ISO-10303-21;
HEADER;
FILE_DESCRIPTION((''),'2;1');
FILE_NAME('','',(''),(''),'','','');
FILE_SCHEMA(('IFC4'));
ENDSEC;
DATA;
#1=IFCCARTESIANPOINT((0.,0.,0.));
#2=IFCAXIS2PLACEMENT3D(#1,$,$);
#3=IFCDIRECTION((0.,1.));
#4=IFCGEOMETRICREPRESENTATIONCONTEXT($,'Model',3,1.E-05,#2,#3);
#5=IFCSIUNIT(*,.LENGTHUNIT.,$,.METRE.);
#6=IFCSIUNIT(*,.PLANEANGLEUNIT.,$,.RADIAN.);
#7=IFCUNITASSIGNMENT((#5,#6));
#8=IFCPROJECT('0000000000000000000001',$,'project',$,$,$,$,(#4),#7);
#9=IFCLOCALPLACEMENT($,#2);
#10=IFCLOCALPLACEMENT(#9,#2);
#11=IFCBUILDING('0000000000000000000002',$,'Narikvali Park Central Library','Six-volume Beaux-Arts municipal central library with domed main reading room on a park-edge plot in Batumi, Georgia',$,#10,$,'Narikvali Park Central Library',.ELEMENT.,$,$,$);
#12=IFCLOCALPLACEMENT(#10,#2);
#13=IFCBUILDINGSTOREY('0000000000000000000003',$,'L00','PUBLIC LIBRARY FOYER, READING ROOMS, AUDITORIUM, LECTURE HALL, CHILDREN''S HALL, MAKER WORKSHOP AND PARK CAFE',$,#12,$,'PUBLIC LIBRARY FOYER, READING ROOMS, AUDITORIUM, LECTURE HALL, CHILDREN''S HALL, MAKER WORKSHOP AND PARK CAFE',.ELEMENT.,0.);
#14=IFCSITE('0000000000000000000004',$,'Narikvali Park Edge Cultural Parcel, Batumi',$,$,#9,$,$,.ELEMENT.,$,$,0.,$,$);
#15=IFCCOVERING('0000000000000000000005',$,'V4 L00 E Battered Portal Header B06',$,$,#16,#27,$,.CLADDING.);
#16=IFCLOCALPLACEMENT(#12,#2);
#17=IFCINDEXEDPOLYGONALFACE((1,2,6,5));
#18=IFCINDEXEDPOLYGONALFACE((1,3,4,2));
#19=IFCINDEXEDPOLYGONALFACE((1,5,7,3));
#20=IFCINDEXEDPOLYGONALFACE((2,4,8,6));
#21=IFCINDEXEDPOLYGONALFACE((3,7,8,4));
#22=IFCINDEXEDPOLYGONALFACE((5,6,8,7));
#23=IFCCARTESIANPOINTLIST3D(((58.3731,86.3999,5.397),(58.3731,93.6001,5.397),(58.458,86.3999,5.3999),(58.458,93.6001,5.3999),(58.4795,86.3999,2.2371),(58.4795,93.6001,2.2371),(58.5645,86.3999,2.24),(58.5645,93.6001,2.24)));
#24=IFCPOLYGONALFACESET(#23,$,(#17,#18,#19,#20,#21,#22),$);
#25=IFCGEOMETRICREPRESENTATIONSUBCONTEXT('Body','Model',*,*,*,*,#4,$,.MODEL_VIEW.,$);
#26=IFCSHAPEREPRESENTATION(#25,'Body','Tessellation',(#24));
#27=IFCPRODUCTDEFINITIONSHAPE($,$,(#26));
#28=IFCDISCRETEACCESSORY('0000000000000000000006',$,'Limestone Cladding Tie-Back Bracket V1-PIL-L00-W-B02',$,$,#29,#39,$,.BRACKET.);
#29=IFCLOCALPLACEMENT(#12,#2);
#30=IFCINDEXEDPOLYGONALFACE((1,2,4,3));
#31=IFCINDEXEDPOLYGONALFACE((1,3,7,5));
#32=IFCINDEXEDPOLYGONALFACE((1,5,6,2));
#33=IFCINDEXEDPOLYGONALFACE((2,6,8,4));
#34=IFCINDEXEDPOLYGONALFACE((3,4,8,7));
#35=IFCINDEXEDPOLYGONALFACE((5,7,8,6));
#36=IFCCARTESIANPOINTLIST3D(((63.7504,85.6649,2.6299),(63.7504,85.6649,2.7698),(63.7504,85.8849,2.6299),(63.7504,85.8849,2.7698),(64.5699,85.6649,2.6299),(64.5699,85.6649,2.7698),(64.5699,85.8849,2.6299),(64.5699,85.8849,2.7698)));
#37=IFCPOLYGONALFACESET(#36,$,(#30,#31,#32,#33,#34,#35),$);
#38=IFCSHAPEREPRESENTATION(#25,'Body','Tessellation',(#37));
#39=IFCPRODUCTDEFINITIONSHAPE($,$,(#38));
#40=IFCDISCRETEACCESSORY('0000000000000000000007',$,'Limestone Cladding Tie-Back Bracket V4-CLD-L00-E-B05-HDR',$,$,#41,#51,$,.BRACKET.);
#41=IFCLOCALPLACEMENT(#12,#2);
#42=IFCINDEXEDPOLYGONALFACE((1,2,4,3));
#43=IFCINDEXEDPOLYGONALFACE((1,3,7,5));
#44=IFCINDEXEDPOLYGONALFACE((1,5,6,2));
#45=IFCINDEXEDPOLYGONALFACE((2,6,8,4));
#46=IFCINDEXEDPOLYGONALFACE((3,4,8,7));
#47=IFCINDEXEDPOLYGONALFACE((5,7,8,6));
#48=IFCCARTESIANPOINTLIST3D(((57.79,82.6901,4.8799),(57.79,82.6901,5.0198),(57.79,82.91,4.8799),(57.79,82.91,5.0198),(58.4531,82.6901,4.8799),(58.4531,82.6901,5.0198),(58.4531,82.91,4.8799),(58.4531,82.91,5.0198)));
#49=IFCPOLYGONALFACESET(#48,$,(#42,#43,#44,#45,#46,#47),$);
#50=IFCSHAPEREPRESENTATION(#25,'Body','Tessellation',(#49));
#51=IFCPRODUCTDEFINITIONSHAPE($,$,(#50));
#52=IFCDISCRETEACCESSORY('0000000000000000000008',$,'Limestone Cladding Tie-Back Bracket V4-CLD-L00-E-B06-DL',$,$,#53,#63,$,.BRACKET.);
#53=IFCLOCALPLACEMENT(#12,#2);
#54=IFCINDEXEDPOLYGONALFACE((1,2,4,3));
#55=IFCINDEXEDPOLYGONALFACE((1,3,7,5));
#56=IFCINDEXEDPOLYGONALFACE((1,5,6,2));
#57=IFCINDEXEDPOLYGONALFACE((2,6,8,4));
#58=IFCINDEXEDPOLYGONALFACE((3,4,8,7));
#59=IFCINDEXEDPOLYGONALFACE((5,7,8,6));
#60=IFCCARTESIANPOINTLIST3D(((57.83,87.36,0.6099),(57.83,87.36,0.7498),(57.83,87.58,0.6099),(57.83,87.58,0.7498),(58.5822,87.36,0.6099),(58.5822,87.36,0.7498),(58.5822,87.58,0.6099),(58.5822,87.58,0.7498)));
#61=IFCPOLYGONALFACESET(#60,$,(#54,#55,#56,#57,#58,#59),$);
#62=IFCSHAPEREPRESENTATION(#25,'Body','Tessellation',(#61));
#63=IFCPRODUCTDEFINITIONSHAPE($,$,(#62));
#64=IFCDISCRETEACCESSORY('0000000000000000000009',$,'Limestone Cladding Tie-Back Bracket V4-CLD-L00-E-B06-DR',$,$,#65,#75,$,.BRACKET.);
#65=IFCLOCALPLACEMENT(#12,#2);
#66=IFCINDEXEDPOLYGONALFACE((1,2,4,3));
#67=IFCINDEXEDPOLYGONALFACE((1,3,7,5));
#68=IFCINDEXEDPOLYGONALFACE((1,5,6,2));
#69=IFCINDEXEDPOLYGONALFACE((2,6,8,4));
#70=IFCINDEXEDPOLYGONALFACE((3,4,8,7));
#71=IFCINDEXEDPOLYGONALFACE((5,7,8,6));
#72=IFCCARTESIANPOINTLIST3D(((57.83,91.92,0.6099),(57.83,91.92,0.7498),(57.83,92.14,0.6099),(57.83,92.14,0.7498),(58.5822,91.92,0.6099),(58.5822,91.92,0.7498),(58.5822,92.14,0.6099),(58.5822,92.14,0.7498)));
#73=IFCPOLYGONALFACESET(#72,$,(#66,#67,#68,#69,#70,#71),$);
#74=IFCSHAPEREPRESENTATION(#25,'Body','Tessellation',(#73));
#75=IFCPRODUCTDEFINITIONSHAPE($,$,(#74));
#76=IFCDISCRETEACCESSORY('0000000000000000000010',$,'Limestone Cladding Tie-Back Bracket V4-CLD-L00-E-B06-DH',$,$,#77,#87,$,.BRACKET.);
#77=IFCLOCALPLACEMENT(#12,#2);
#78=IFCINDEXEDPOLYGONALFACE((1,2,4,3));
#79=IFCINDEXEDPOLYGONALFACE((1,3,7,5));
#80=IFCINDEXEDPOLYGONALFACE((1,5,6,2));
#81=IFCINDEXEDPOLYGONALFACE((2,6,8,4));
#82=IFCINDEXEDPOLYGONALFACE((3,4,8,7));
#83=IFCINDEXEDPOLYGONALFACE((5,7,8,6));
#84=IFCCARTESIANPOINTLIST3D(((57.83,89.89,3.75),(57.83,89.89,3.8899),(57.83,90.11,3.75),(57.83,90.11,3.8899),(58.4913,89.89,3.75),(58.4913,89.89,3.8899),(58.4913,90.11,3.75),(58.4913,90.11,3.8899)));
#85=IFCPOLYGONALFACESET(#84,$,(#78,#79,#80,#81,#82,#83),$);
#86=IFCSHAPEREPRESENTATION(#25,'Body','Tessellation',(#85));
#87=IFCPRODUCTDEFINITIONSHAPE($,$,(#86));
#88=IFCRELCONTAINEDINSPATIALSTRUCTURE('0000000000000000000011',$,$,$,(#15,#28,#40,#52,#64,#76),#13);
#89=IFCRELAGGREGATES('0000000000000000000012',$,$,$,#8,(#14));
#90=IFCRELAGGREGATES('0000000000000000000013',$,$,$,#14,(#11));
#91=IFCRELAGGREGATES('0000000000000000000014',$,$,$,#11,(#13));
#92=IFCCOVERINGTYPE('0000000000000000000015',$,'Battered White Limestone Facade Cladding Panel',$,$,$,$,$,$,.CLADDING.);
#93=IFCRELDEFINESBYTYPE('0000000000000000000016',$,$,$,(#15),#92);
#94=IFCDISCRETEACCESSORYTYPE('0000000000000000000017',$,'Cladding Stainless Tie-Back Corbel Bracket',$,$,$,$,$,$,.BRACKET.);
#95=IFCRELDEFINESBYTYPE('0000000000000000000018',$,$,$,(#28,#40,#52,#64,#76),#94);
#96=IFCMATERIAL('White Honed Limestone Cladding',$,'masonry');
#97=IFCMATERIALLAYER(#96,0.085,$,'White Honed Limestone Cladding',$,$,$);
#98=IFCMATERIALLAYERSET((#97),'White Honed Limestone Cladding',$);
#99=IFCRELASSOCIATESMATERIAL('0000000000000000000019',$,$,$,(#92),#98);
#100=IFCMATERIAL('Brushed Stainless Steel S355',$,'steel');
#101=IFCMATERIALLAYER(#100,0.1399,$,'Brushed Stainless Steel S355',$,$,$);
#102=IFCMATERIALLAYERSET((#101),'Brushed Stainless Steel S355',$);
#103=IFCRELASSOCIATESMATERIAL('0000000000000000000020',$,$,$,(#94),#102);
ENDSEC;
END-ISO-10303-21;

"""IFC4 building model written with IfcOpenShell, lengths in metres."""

from ifc_helpers import new_model, si_unit, direction, frame, origin, origin_2d, place, context, subcontext, project, spatial, polyline, rectangle, outline, extrude, material, layer, layer_set, type_object, element, save


model = new_model("IFC4")

# Units and contexts
model_context = context("Model", 3, precision=1e-05, world=origin(), true_north=direction((0.0, 1.0)))
body_context = subcontext(model_context, "Body", "Model", "MODEL_VIEW")
ifc_project = project(units=[si_unit("LENGTHUNIT", "METRE"), si_unit("PLANEANGLEUNIT", "RADIAN")], contexts=[model_context])

# Site, building, storey
site_placement = place(None, origin())
site = spatial("IfcSite", under=ifc_project, at=site_placement, Name="Narikvali Park Edge Cultural Parcel, Batumi", CompositionType="ELEMENT", RefElevation=0.0)
building_placement = place(site_placement, origin())
building = spatial("IfcBuilding", under=site, at=building_placement, Name="Narikvali Park Central Library", Description="Six-volume Beaux-Arts municipal central library with domed main reading room on a park-edge plot in Batumi, Georgia", LongName="Narikvali Park Central Library", CompositionType="ELEMENT")
storey_placement = place(building_placement, origin())
storey = spatial("IfcBuildingStorey", under=building, at=storey_placement, Name="L00", Description="PUBLIC LIBRARY FOYER, READING ROOMS, AUDITORIUM, LECTURE HALL, CHILDREN'S HALL, MAKER WORKSHOP AND PARK CAFE", LongName="PUBLIC LIBRARY FOYER, READING ROOMS, AUDITORIUM, LECTURE HALL, CHILDREN'S HALL, MAKER WORKSHOP AND PARK CAFE", CompositionType="ELEMENT", Elevation=0.0)

# Covering
ifc_material_1 = material(Name="White Honed Limestone Cladding", Category="masonry")
ifc_layer_1 = layer(ifc_material_1, 0.085, Name="White Honed Limestone Cladding")
ifc_layer_set_1 = layer_set([ifc_layer_1], Name="White Honed Limestone Cladding")
covering_type = type_object("IfcCoveringType", Name="Battered White Limestone Facade Cladding Panel", PredefinedType="CLADDING", material=ifc_layer_set_1)
covering_1_placement = place(storey_placement, frame((58.5645, 86.3999, 2.24), z_axis=(0.999433, 0.0, 0.033667), x_axis=(0.0, 1.0, 0.0)))
element("IfcCovering", 1, at=covering_1_placement, inside=storey, type_object=covering_type, Name="V4 L00 E Battered Portal Header B06", PredefinedType="CLADDING", context=body_context, shape_type="SweptSolid", body=[
    extrude(outline(polyline([(0.0, 0.0), (7.2002, 0.0), (7.2002, 3.1617), (0.0, 3.1617), (0.0, 0.0)])), origin(), (0.0, 0.0, -1.0), 0.085),
])

# Discrete accessories
ifc_material_2 = material(Name="Brushed Stainless Steel S355", Category="steel")
ifc_layer_2 = layer(ifc_material_2, 0.1399, Name="Brushed Stainless Steel S355")
ifc_layer_set_2 = layer_set([ifc_layer_2], Name="Brushed Stainless Steel S355")
discrete_accessory_type = type_object("IfcDiscreteAccessoryType", Name="Cladding Stainless Tie-Back Corbel Bracket", PredefinedType="BRACKET", material=ifc_layer_set_2)
discrete_accessory_1_placement = place(storey_placement, frame((64.1602, 85.7749, 2.6299), z_axis=(0.0, 0.0, 1.0), x_axis=(1.0, 0.0, 0.0)))
element("IfcDiscreteAccessory", 2, at=discrete_accessory_1_placement, inside=storey, type_object=discrete_accessory_type, Name="Limestone Cladding Tie-Back Bracket V1-PIL-L00-W-B02", PredefinedType="BRACKET", context=body_context, shape_type="SweptSolid", body=[
    extrude(rectangle(XDim=0.8196, YDim=0.22, at=origin_2d()), origin(), (0.0, 0.0, 1.0), 0.1399),
])
discrete_accessory_2_placement = place(storey_placement, frame((58.1216, 82.8, 4.8799), z_axis=(0.0, 0.0, 1.0), x_axis=(1.0, 0.0, 0.0)))
element("IfcDiscreteAccessory", 3, at=discrete_accessory_2_placement, inside=storey, type_object=discrete_accessory_type, Name="Limestone Cladding Tie-Back Bracket V4-CLD-L00-E-B05-HDR", PredefinedType="BRACKET", context=body_context, shape_type="SweptSolid", body=[
    extrude(rectangle(XDim=0.6631, YDim=0.22, at=origin_2d()), origin(), (0.0, 0.0, 1.0), 0.1399),
])
for number, where, z_axis, x_axis, name in (
    (4, (58.2061, 87.47, 0.6099), (0.0, 0.0, 1.0), (1.0, 0.0, 0.0), "Limestone Cladding Tie-Back Bracket V4-CLD-L00-E-B06-DL"),
    (5, (58.2061, 92.03, 0.6099), (0.0, 0.0, 1.0), (1.0, 0.0, 0.0), "Limestone Cladding Tie-Back Bracket V4-CLD-L00-E-B06-DR"),
):
    element("IfcDiscreteAccessory", number, at=place(storey_placement, frame(where, z_axis=z_axis, x_axis=x_axis)), inside=storey, type_object=discrete_accessory_type, Name=name, PredefinedType="BRACKET", context=body_context, shape_type="SweptSolid", body=[
        extrude(rectangle(XDim=0.7522, YDim=0.22, at=origin_2d()), origin(), (0.0, 0.0, 1.0), 0.1399),
    ])
discrete_accessory_3_placement = place(storey_placement, frame((58.1606, 90.0, 3.75), z_axis=(0.0, 0.0, 1.0), x_axis=(1.0, 0.0, 0.0)))
element("IfcDiscreteAccessory", 6, at=discrete_accessory_3_placement, inside=storey, type_object=discrete_accessory_type, Name="Limestone Cladding Tie-Back Bracket V4-CLD-L00-E-B06-DH", PredefinedType="BRACKET", context=body_context, shape_type="SweptSolid", body=[
    extrude(rectangle(XDim=0.6614, YDim=0.22, at=origin_2d()), origin(), (0.0, 0.0, 1.0), 0.1399),
])

save(model, "model.ifc")
